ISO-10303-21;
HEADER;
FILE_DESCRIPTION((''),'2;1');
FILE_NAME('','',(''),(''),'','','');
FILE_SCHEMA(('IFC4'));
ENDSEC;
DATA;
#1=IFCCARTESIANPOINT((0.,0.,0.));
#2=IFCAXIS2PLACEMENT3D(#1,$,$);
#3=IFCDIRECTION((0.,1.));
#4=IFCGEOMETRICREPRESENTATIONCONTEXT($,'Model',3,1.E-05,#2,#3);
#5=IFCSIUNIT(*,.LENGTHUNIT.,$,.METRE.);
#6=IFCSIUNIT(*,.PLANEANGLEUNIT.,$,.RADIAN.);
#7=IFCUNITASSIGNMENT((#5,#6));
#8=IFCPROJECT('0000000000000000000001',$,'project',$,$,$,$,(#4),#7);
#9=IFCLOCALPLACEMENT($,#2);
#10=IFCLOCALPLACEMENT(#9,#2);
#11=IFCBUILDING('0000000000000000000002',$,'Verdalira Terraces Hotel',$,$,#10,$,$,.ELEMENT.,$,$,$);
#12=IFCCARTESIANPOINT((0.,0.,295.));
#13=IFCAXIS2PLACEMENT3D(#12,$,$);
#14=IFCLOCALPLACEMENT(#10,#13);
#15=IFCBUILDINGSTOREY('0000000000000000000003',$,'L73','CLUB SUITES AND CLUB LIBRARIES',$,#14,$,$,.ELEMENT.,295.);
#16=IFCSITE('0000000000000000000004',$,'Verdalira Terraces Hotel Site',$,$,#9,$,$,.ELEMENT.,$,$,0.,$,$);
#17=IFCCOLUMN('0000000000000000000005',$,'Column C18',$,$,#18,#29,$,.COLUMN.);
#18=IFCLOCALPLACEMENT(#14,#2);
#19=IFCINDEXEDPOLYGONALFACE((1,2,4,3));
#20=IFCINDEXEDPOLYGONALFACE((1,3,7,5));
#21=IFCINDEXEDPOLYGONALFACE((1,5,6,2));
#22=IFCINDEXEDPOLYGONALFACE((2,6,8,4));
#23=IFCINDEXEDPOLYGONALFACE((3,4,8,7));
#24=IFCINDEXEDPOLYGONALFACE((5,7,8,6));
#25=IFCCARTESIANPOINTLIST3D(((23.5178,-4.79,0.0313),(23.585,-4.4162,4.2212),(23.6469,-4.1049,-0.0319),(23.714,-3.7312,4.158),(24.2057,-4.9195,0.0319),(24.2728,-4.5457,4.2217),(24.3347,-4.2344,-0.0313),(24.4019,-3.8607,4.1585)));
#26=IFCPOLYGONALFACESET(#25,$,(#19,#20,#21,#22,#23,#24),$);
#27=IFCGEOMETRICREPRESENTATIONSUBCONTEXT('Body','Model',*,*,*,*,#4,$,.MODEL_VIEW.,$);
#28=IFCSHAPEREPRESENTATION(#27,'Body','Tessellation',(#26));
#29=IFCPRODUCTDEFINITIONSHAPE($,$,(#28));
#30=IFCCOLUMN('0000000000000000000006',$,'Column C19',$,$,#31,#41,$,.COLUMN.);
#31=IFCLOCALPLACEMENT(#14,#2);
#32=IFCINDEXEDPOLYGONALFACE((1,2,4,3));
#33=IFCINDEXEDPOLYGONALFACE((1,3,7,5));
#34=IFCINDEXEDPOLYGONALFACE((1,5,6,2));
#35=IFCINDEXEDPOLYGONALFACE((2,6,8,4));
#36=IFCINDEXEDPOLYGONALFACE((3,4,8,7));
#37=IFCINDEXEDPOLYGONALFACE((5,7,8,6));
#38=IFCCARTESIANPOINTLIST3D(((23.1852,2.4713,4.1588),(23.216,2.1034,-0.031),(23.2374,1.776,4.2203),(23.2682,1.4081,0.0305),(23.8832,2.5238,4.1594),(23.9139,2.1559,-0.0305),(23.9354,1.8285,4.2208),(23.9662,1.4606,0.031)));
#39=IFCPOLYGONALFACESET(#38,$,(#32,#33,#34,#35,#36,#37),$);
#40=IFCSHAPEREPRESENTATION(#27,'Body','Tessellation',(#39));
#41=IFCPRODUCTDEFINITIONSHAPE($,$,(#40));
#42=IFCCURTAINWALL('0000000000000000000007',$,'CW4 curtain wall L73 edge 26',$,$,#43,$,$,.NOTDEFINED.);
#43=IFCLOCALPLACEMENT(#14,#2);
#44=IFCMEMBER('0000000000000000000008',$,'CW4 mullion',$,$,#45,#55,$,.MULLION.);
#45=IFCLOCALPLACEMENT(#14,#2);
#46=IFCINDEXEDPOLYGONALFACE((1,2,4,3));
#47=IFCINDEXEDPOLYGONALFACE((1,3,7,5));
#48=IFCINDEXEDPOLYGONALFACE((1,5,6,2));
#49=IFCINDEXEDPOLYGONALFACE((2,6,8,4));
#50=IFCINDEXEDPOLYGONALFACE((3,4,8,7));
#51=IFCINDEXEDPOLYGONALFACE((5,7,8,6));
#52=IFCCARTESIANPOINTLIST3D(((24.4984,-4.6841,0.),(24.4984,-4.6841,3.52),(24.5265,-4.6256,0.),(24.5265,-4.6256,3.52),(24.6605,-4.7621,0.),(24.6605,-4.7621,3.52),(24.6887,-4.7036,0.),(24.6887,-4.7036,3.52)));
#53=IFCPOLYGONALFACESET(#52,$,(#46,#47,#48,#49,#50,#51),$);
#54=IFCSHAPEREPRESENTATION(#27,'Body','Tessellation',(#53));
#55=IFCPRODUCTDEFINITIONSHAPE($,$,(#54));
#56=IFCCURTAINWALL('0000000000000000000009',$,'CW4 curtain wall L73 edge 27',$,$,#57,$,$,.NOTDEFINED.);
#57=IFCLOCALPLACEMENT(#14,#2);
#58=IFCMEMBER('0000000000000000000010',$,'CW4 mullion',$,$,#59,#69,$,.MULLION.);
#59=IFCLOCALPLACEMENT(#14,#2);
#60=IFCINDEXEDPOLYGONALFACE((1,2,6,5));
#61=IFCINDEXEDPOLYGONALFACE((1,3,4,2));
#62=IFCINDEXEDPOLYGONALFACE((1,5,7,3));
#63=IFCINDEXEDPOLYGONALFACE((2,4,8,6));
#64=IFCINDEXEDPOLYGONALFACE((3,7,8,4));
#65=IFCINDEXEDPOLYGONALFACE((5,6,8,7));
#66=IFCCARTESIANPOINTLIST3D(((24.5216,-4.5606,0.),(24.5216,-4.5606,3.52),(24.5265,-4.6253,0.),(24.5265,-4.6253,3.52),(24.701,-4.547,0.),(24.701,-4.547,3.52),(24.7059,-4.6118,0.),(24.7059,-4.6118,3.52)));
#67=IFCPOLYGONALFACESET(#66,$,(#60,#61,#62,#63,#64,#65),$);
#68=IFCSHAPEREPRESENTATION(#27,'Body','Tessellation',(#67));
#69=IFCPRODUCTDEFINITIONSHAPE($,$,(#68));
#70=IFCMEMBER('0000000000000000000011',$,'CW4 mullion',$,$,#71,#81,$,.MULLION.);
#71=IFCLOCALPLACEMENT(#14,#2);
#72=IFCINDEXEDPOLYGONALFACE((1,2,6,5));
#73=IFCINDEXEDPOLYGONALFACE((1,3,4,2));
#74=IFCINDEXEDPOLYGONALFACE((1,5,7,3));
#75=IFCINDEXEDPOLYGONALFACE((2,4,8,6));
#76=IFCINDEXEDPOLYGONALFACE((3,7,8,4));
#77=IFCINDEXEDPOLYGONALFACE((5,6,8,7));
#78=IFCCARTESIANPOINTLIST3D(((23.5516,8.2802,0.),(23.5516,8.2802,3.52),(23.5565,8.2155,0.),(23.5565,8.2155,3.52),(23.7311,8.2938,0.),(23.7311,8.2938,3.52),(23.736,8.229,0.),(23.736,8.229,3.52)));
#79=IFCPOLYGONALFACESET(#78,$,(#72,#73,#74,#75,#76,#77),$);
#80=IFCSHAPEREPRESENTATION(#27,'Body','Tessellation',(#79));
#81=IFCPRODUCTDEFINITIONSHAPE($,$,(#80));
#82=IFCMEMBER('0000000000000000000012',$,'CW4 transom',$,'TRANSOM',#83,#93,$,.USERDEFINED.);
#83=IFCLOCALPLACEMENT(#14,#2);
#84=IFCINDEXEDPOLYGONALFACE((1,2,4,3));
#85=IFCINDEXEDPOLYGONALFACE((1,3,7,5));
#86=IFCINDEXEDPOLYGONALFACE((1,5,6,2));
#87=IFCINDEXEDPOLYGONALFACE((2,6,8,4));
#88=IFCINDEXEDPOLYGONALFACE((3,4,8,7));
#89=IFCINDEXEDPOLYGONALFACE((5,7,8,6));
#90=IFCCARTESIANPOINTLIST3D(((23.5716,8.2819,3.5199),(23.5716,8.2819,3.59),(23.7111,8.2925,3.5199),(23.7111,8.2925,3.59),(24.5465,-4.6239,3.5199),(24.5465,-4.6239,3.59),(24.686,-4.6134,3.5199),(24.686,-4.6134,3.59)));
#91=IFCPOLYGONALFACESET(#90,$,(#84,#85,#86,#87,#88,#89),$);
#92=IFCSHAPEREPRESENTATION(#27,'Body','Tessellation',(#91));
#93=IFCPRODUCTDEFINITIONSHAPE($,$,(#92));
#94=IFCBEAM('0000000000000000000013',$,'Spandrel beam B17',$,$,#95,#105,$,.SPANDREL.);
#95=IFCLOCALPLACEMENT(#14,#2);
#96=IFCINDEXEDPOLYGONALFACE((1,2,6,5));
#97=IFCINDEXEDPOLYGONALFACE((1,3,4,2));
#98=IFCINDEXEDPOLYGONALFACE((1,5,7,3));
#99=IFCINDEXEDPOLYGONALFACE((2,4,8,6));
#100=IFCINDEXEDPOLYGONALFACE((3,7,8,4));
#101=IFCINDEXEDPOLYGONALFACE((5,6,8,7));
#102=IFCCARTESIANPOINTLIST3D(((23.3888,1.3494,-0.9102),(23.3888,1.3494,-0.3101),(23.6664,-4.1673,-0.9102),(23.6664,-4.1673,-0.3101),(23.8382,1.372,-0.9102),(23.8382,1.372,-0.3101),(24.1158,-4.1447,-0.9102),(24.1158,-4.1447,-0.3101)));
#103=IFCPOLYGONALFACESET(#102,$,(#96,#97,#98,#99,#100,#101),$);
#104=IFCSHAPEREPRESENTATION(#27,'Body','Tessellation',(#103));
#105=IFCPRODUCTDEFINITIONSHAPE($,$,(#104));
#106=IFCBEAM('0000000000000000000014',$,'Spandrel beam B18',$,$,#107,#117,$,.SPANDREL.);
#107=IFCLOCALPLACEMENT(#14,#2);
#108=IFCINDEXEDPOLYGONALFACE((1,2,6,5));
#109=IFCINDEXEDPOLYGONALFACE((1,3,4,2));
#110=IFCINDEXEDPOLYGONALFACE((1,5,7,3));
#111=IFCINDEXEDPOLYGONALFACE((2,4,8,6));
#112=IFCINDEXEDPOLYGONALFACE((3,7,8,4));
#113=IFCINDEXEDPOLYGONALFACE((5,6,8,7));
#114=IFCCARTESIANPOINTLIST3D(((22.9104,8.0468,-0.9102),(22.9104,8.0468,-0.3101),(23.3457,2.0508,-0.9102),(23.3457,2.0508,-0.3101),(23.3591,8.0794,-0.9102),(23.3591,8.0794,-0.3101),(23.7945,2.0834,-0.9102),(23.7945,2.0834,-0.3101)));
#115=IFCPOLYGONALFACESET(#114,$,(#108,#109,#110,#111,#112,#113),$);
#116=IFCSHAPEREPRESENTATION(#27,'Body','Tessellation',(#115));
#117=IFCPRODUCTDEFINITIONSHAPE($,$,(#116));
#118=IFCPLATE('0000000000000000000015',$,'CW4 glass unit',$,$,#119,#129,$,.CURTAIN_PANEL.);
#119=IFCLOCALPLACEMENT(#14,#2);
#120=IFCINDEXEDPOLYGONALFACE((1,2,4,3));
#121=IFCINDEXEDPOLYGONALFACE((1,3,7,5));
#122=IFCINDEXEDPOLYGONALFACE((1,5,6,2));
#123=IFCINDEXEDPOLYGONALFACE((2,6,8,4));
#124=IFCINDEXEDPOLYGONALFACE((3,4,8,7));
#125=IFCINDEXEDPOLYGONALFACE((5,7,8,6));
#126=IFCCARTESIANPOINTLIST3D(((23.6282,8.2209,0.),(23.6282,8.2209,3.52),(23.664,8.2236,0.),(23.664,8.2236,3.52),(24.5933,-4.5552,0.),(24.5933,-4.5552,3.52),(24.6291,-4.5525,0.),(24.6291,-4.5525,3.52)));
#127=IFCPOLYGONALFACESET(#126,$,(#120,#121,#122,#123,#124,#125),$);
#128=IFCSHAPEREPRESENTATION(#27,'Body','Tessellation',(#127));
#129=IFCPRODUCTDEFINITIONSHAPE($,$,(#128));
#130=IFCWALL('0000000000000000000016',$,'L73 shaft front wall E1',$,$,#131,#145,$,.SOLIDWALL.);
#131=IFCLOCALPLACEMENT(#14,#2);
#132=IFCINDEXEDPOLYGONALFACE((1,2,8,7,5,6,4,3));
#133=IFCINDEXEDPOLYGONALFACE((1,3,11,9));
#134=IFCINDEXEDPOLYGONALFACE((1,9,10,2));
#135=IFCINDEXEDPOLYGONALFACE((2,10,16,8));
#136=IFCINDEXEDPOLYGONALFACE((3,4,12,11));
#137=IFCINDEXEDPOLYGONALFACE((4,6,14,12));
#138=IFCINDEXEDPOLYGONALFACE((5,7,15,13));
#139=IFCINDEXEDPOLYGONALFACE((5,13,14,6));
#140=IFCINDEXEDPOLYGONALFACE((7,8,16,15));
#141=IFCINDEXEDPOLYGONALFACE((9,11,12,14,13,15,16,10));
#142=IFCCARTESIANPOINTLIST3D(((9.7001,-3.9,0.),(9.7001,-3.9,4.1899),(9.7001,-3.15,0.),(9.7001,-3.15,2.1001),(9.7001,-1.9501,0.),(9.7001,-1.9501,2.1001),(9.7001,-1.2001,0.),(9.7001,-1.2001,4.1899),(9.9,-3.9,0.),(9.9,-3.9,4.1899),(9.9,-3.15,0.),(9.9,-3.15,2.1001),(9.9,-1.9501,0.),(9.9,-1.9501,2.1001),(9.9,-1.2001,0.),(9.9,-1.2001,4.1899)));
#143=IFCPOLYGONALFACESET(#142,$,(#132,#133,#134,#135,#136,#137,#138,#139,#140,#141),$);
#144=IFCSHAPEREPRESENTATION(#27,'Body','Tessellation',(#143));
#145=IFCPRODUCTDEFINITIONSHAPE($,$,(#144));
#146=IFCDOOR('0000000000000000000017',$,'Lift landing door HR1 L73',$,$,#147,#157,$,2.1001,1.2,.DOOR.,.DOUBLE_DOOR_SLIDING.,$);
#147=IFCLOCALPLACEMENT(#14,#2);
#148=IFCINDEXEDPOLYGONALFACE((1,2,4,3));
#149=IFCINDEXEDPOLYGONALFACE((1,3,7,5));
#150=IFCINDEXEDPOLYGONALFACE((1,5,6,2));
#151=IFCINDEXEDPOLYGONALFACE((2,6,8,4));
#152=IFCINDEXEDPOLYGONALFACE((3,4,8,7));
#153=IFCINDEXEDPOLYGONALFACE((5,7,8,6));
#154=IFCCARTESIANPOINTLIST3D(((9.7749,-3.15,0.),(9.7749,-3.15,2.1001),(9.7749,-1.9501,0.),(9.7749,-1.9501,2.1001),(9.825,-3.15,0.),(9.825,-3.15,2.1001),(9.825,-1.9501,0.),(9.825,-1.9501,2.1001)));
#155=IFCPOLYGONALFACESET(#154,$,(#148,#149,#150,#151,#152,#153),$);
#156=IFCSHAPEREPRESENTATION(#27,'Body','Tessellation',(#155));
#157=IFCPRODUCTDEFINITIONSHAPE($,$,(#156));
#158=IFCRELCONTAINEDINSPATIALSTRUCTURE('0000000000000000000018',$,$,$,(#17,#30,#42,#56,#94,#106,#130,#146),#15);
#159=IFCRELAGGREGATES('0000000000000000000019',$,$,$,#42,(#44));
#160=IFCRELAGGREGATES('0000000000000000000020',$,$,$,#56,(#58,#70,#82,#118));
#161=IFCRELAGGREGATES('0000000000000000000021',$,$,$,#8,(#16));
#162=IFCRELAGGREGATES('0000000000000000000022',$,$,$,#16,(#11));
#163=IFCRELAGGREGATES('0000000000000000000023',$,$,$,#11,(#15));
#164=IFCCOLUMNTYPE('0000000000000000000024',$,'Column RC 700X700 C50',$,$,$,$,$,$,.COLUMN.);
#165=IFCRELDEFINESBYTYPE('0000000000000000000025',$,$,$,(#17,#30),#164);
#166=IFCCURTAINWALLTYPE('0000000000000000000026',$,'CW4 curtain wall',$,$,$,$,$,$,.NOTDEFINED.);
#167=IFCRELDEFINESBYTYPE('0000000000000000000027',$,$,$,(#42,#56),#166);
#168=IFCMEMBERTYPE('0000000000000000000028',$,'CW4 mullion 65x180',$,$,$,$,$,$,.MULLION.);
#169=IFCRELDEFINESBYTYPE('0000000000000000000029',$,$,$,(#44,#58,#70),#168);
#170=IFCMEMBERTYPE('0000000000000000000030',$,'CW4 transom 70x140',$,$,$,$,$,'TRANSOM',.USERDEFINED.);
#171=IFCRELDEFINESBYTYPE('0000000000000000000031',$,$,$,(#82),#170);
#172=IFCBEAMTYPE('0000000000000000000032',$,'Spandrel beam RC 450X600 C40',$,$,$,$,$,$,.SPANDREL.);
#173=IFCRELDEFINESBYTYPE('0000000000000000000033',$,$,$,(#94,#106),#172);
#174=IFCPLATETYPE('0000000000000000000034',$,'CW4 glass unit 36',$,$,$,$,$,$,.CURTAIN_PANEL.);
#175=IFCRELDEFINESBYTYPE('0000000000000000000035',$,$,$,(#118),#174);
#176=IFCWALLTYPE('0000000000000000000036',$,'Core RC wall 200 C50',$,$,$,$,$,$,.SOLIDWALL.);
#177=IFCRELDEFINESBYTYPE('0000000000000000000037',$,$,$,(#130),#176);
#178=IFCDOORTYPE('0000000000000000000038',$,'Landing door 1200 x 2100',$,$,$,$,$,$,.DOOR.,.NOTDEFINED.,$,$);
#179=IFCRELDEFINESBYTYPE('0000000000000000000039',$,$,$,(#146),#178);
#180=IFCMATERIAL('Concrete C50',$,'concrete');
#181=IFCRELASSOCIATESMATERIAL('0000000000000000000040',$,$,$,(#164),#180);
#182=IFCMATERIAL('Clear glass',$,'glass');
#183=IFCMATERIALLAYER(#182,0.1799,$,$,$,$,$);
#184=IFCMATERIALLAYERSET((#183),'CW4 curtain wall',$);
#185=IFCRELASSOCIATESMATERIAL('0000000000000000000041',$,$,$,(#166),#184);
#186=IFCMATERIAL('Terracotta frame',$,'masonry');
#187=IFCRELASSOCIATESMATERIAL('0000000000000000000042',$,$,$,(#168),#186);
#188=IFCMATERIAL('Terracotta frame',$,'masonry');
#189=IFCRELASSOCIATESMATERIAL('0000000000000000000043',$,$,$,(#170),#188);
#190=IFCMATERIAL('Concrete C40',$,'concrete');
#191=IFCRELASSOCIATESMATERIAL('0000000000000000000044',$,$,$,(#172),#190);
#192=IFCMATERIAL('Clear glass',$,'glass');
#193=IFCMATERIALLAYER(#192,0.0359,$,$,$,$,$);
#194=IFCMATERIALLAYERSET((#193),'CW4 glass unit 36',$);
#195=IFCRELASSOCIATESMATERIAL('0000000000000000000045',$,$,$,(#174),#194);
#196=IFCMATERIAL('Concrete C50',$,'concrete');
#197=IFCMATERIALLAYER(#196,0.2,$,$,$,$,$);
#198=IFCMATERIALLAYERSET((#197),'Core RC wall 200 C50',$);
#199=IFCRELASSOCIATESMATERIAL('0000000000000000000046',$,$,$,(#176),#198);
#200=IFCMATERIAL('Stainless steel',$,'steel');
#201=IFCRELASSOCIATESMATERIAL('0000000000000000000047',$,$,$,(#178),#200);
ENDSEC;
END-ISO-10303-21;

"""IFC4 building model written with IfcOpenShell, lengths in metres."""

from ifc_helpers import new_model, si_unit, direction, frame, frame_2d, origin, origin_2d, place, context, subcontext, project, spatial, rectangle, extrude, material, layer, layer_set, material_profile, profile_set, type_object, element, fill, aggregate, save


model = new_model("IFC4")

# Units and contexts
model_context = context("Model", 3, precision=1e-05, world=origin(), true_north=direction((0.0, 1.0)))
body_context = subcontext(model_context, "Body", "Model", "MODEL_VIEW")
ifc_project = project(units=[si_unit("LENGTHUNIT", "METRE"), si_unit("PLANEANGLEUNIT", "RADIAN")], contexts=[model_context])

# Site, building, storey
site_placement = place(None, origin())
site = spatial("IfcSite", under=ifc_project, at=site_placement, Name="Verdalira Terraces Hotel Site", CompositionType="ELEMENT", RefElevation=0.0)
building_placement = place(site_placement, origin())
building = spatial("IfcBuilding", under=site, at=building_placement, Name="Verdalira Terraces Hotel", CompositionType="ELEMENT")
storey_placement = place(building_placement, frame((0.0, 0.0, 295.0)))
storey = spatial("IfcBuildingStorey", under=building, at=storey_placement, Name="L73", Description="CLUB SUITES AND CLUB LIBRARIES", CompositionType="ELEMENT", Elevation=295.0)

# Columns
ifc_material_1 = material(Name="Concrete C50", Category="concrete")
ifc_material_profile_1 = material_profile(ifc_material_1, rectangle(XDim=0.7, YDim=0.7, at=origin_2d()), Name="RC 700X700")
ifc_profile_set_1 = profile_set([ifc_material_profile_1], Name="Concrete C50")
column_type = type_object("IfcColumnType", Name="Column RC 700X700 C50", PredefinedType="COLUMN", material=ifc_profile_set_1)
column_1_placement = place(storey_placement, frame((23.9263, -4.5122, 0.0), z_axis=(0.015958, 0.088845, 0.995918), x_axis=(-0.184344, -0.978708, 0.090263)))
element("IfcColumn", 1, at=column_1_placement, inside=storey, type_object=column_type, Name="Column C18", PredefinedType="COLUMN", context=body_context, shape_type="SweptSolid", body=[
    extrude(rectangle(XDim=0.7, YDim=0.7, at=origin_2d()), origin(), (0.0, 0.0, 1.0), 4.207),
])
column_2_placement = place(storey_placement, frame((23.5911, 1.782, 0.0), z_axis=(-0.007313, 0.087471, 0.99614), x_axis=(-0.074613, 0.993342, -0.087773)))
element("IfcColumn", 2, at=column_2_placement, inside=storey, type_object=column_type, Name="Column C19", PredefinedType="COLUMN", context=body_context, shape_type="SweptSolid", body=[
    extrude(rectangle(XDim=0.7, YDim=0.7, at=origin_2d()), origin(), (0.0, 0.0, 1.0), 4.2061),
])

# Curtain wall, member
ifc_material_2 = material(Name="Clear glass", Category="glass")
ifc_layer_1 = layer(ifc_material_2, 0.1799)
ifc_layer_set_1 = layer_set([ifc_layer_1], Name="CW4 curtain wall")
curtain_wall_type = type_object("IfcCurtainWallType", Name="CW4 curtain wall", PredefinedType="NOTDEFINED", material=ifc_layer_set_1)
curtain_wall_1_placement = place(storey_placement, origin())
curtain_wall_1 = element("IfcCurtainWall", 3, at=curtain_wall_1_placement, inside=storey, type_object=curtain_wall_type, Name="CW4 curtain wall L73 edge 26", PredefinedType="NOTDEFINED")
ifc_material_3 = material(Name="Terracotta frame", Category="masonry")
ifc_material_profile_2 = material_profile(ifc_material_3, rectangle(XDim=0.0649, YDim=0.1799, at=origin_2d()), Name="MU 65x180")
ifc_profile_set_2 = profile_set([ifc_material_profile_2], Name="Terracotta frame")
member_type_1 = type_object("IfcMemberType", Name="CW4 mullion 65x180", PredefinedType="MULLION", material=ifc_profile_set_2)
member_1_placement = place(storey_placement, frame((24.5935, -4.6938, 0.0), z_axis=(0.0, 0.0, 1.0), x_axis=(0.433345, 0.901228, 0.0)))
member_1 = element("IfcMember", 4, at=member_1_placement, type_object=member_type_1, Name="CW4 mullion", PredefinedType="MULLION", context=body_context, shape_type="SweptSolid", body=[
    extrude(rectangle(XDim=0.0649, YDim=0.1799, at=origin_2d()), origin(), (0.0, 0.0, 1.0), 3.52),
])
aggregate(curtain_wall_1, [member_1])

# Curtain wall, members
curtain_wall_2_placement = place(storey_placement, origin())
curtain_wall_2 = element("IfcCurtainWall", 5, at=curtain_wall_2_placement, inside=storey, type_object=curtain_wall_type, Name="CW4 curtain wall L73 edge 27", PredefinedType="NOTDEFINED")
member_2_placement = place(storey_placement, frame((24.6138, -4.5862, 0.0), z_axis=(0.0, 0.0, 1.0), x_axis=(-0.075327, 0.997159, 0.0)))
member_2 = element("IfcMember", 6, at=member_2_placement, type_object=member_type_1, Name="CW4 mullion", PredefinedType="MULLION", context=body_context, shape_type="SweptSolid", body=[
    extrude(rectangle(XDim=0.0649, YDim=0.1799, at=origin_2d()), origin(), (0.0, 0.0, 1.0), 3.52),
])
member_3_placement = place(storey_placement, frame((23.6438, 8.2546, 0.0), z_axis=(0.0, 0.0, 1.0), x_axis=(-0.075327, 0.997159, 0.0)))
member_3 = element("IfcMember", 7, at=member_3_placement, type_object=member_type_1, Name="CW4 mullion", PredefinedType="MULLION", context=body_context, shape_type="SweptSolid", body=[
    extrude(rectangle(XDim=0.0649, YDim=0.1799, at=origin_2d()), origin(), (0.0, 0.0, 1.0), 3.52),
])
ifc_material_4 = material(Name="Terracotta frame", Category="masonry")
ifc_material_profile_3 = material_profile(ifc_material_4, rectangle(XDim=0.1399, YDim=0.0701, at=origin_2d()), Name="TR 70x140")
ifc_profile_set_3 = profile_set([ifc_material_profile_3], Name="Terracotta frame")
member_type_2 = type_object("IfcMemberType", Name="CW4 transom 70x140", ElementType="TRANSOM", PredefinedType="USERDEFINED", material=ifc_profile_set_3)
member_4_placement = place(storey_placement, frame((24.6162, -4.6187, 3.5549), z_axis=(-0.075322, 0.997159, 0.0), x_axis=(-0.997159, -0.075322, 0.0)))
member_4 = element("IfcMember", 8, at=member_4_placement, type_object=member_type_2, Name="CW4 transom", ObjectType="TRANSOM", PredefinedType="USERDEFINED", context=body_context, shape_type="SweptSolid", body=[
    extrude(rectangle(XDim=0.1399, YDim=0.0701, at=origin_2d()), origin(), (0.0, 0.0, 1.0), 12.9426),
])

# Beams
ifc_material_5 = material(Name="Concrete C40", Category="concrete")
ifc_material_profile_4 = material_profile(ifc_material_5, rectangle(XDim=0.45, YDim=0.6001, at=origin_2d()), Name="RC 450X600")
ifc_profile_set_4 = profile_set([ifc_material_profile_4], Name="Concrete C40")
beam_type = type_object("IfcBeamType", Name="Spandrel beam RC 450X600 C40", PredefinedType="SPANDREL", material=ifc_profile_set_4)
beam_1_placement = place(storey_placement, frame((23.8911, -4.156, -0.6101), z_axis=(-0.050255, 0.998736, 0.0), x_axis=(-0.998736, -0.050255, 0.0)))
element("IfcBeam", 9, at=beam_1_placement, inside=storey, type_object=beam_type, Name="Spandrel beam B17", PredefinedType="SPANDREL", context=body_context, shape_type="SweptSolid", body=[
    extrude(rectangle(XDim=0.45, YDim=0.6001, at=origin_2d()), origin(), (0.0, 0.0, 1.0), 5.5237),
])
beam_2_placement = place(storey_placement, frame((23.5701, 2.0671, -0.6101), z_axis=(-0.07241, 0.997375, 0.0), x_axis=(-0.997375, -0.07241, 0.0)))
element("IfcBeam", 10, at=beam_2_placement, inside=storey, type_object=beam_type, Name="Spandrel beam B18", PredefinedType="SPANDREL", context=body_context, shape_type="SweptSolid", body=[
    extrude(rectangle(XDim=0.45, YDim=0.6001, at=origin_2d()), origin(), (0.0, 0.0, 1.0), 6.0117),
])

# Plate
ifc_material_6 = material(Name="Clear glass", Category="glass")
ifc_layer_2 = layer(ifc_material_6, 0.0359)
ifc_layer_set_2 = layer_set([ifc_layer_2], Name="CW4 glass unit 36")
plate_type = type_object("IfcPlateType", Name="CW4 glass unit 36", PredefinedType="CURTAIN_PANEL", material=ifc_layer_set_2)
plate_placement = place(storey_placement, frame((24.1287, 1.8342, 0.0), z_axis=(0.0, 0.0, 1.0), x_axis=(-0.075327, 0.997159, 0.0)))
plate = element("IfcPlate", 11, at=plate_placement, type_object=plate_type, Name="CW4 glass unit", PredefinedType="CURTAIN_PANEL", context=body_context, shape_type="SweptSolid", body=[
    extrude(rectangle(XDim=12.8125, YDim=0.0359, at=origin_2d()), origin(), (0.0, 0.0, 1.0), 3.52),
])
aggregate(curtain_wall_2, [member_2, member_3, member_4, plate])

# Wall, opening, door
ifc_material_7 = material(Name="Concrete C50", Category="concrete")
ifc_layer_3 = layer(ifc_material_7, 0.2)
ifc_layer_set_3 = layer_set([ifc_layer_3], Name="Core RC wall 200 C50")
wall_type_1 = type_object("IfcWallType", Name="Core RC wall 200 C50", PredefinedType="SOLIDWALL", material=ifc_layer_set_3)
wall_1_placement = place(storey_placement, frame((9.8, -1.2, 0.0), z_axis=(0.0, 0.0, 1.0), x_axis=(0.0, -1.0, 0.0)))
wall_1 = element("IfcWall", 12, at=wall_1_placement, inside=storey, type_object=wall_type_1, Name="L73 shaft front wall E1", PredefinedType="SOLIDWALL", context=body_context, shape_type="SweptSolid", body=[
    extrude(rectangle(XDim=2.7, YDim=0.2, at=frame_2d((1.3501, 0.0))), origin(), (0.0, 0.0, 1.0), 4.1899),
])
opening_1_placement = place(wall_1_placement, frame((0.75, 0.0, 0.0)))
opening_1 = element("IfcOpeningElement", 13, at=opening_1_placement, cuts=wall_1, PredefinedType="OPENING", context=body_context, shape_type="SweptSolid", body=[
    extrude(rectangle(XDim=1.2, YDim=2.1001, at=frame_2d((0.6001, 1.05))), frame((0.0, 0.1099, 0.0), z_axis=(0.0, -1.0, 0.0), x_axis=(1.0, 0.0, 0.0)), (0.0, 0.0, 1.0), 0.22),
])
ifc_material_8 = material(Name="Stainless steel", Category="steel")
door_type_1 = type_object("IfcDoorType", Name="Landing door 1200 x 2100", OperationType="NOTDEFINED", PredefinedType="DOOR", material=ifc_material_8)
door_1_placement = place(opening_1_placement, origin())
door_1 = element("IfcDoor", 14, at=door_1_placement, inside=storey, type_object=door_type_1, Name="Lift landing door HR1 L73", OperationType="DOUBLE_DOOR_SLIDING", OverallHeight=2.1001, OverallWidth=1.2, PredefinedType="DOOR", context=body_context, shape_type="SweptSolid", body=[
    extrude(rectangle(XDim=1.2, YDim=2.1001, at=frame_2d((0.6001, 1.05))), frame((0.0, 0.0249, 0.0), z_axis=(0.0, -1.0, 0.0), x_axis=(1.0, 0.0, 0.0)), (0.0, 0.0, 1.0), 0.05),
])
fill(opening_1, door_1)

save(model, "model.ifc")
